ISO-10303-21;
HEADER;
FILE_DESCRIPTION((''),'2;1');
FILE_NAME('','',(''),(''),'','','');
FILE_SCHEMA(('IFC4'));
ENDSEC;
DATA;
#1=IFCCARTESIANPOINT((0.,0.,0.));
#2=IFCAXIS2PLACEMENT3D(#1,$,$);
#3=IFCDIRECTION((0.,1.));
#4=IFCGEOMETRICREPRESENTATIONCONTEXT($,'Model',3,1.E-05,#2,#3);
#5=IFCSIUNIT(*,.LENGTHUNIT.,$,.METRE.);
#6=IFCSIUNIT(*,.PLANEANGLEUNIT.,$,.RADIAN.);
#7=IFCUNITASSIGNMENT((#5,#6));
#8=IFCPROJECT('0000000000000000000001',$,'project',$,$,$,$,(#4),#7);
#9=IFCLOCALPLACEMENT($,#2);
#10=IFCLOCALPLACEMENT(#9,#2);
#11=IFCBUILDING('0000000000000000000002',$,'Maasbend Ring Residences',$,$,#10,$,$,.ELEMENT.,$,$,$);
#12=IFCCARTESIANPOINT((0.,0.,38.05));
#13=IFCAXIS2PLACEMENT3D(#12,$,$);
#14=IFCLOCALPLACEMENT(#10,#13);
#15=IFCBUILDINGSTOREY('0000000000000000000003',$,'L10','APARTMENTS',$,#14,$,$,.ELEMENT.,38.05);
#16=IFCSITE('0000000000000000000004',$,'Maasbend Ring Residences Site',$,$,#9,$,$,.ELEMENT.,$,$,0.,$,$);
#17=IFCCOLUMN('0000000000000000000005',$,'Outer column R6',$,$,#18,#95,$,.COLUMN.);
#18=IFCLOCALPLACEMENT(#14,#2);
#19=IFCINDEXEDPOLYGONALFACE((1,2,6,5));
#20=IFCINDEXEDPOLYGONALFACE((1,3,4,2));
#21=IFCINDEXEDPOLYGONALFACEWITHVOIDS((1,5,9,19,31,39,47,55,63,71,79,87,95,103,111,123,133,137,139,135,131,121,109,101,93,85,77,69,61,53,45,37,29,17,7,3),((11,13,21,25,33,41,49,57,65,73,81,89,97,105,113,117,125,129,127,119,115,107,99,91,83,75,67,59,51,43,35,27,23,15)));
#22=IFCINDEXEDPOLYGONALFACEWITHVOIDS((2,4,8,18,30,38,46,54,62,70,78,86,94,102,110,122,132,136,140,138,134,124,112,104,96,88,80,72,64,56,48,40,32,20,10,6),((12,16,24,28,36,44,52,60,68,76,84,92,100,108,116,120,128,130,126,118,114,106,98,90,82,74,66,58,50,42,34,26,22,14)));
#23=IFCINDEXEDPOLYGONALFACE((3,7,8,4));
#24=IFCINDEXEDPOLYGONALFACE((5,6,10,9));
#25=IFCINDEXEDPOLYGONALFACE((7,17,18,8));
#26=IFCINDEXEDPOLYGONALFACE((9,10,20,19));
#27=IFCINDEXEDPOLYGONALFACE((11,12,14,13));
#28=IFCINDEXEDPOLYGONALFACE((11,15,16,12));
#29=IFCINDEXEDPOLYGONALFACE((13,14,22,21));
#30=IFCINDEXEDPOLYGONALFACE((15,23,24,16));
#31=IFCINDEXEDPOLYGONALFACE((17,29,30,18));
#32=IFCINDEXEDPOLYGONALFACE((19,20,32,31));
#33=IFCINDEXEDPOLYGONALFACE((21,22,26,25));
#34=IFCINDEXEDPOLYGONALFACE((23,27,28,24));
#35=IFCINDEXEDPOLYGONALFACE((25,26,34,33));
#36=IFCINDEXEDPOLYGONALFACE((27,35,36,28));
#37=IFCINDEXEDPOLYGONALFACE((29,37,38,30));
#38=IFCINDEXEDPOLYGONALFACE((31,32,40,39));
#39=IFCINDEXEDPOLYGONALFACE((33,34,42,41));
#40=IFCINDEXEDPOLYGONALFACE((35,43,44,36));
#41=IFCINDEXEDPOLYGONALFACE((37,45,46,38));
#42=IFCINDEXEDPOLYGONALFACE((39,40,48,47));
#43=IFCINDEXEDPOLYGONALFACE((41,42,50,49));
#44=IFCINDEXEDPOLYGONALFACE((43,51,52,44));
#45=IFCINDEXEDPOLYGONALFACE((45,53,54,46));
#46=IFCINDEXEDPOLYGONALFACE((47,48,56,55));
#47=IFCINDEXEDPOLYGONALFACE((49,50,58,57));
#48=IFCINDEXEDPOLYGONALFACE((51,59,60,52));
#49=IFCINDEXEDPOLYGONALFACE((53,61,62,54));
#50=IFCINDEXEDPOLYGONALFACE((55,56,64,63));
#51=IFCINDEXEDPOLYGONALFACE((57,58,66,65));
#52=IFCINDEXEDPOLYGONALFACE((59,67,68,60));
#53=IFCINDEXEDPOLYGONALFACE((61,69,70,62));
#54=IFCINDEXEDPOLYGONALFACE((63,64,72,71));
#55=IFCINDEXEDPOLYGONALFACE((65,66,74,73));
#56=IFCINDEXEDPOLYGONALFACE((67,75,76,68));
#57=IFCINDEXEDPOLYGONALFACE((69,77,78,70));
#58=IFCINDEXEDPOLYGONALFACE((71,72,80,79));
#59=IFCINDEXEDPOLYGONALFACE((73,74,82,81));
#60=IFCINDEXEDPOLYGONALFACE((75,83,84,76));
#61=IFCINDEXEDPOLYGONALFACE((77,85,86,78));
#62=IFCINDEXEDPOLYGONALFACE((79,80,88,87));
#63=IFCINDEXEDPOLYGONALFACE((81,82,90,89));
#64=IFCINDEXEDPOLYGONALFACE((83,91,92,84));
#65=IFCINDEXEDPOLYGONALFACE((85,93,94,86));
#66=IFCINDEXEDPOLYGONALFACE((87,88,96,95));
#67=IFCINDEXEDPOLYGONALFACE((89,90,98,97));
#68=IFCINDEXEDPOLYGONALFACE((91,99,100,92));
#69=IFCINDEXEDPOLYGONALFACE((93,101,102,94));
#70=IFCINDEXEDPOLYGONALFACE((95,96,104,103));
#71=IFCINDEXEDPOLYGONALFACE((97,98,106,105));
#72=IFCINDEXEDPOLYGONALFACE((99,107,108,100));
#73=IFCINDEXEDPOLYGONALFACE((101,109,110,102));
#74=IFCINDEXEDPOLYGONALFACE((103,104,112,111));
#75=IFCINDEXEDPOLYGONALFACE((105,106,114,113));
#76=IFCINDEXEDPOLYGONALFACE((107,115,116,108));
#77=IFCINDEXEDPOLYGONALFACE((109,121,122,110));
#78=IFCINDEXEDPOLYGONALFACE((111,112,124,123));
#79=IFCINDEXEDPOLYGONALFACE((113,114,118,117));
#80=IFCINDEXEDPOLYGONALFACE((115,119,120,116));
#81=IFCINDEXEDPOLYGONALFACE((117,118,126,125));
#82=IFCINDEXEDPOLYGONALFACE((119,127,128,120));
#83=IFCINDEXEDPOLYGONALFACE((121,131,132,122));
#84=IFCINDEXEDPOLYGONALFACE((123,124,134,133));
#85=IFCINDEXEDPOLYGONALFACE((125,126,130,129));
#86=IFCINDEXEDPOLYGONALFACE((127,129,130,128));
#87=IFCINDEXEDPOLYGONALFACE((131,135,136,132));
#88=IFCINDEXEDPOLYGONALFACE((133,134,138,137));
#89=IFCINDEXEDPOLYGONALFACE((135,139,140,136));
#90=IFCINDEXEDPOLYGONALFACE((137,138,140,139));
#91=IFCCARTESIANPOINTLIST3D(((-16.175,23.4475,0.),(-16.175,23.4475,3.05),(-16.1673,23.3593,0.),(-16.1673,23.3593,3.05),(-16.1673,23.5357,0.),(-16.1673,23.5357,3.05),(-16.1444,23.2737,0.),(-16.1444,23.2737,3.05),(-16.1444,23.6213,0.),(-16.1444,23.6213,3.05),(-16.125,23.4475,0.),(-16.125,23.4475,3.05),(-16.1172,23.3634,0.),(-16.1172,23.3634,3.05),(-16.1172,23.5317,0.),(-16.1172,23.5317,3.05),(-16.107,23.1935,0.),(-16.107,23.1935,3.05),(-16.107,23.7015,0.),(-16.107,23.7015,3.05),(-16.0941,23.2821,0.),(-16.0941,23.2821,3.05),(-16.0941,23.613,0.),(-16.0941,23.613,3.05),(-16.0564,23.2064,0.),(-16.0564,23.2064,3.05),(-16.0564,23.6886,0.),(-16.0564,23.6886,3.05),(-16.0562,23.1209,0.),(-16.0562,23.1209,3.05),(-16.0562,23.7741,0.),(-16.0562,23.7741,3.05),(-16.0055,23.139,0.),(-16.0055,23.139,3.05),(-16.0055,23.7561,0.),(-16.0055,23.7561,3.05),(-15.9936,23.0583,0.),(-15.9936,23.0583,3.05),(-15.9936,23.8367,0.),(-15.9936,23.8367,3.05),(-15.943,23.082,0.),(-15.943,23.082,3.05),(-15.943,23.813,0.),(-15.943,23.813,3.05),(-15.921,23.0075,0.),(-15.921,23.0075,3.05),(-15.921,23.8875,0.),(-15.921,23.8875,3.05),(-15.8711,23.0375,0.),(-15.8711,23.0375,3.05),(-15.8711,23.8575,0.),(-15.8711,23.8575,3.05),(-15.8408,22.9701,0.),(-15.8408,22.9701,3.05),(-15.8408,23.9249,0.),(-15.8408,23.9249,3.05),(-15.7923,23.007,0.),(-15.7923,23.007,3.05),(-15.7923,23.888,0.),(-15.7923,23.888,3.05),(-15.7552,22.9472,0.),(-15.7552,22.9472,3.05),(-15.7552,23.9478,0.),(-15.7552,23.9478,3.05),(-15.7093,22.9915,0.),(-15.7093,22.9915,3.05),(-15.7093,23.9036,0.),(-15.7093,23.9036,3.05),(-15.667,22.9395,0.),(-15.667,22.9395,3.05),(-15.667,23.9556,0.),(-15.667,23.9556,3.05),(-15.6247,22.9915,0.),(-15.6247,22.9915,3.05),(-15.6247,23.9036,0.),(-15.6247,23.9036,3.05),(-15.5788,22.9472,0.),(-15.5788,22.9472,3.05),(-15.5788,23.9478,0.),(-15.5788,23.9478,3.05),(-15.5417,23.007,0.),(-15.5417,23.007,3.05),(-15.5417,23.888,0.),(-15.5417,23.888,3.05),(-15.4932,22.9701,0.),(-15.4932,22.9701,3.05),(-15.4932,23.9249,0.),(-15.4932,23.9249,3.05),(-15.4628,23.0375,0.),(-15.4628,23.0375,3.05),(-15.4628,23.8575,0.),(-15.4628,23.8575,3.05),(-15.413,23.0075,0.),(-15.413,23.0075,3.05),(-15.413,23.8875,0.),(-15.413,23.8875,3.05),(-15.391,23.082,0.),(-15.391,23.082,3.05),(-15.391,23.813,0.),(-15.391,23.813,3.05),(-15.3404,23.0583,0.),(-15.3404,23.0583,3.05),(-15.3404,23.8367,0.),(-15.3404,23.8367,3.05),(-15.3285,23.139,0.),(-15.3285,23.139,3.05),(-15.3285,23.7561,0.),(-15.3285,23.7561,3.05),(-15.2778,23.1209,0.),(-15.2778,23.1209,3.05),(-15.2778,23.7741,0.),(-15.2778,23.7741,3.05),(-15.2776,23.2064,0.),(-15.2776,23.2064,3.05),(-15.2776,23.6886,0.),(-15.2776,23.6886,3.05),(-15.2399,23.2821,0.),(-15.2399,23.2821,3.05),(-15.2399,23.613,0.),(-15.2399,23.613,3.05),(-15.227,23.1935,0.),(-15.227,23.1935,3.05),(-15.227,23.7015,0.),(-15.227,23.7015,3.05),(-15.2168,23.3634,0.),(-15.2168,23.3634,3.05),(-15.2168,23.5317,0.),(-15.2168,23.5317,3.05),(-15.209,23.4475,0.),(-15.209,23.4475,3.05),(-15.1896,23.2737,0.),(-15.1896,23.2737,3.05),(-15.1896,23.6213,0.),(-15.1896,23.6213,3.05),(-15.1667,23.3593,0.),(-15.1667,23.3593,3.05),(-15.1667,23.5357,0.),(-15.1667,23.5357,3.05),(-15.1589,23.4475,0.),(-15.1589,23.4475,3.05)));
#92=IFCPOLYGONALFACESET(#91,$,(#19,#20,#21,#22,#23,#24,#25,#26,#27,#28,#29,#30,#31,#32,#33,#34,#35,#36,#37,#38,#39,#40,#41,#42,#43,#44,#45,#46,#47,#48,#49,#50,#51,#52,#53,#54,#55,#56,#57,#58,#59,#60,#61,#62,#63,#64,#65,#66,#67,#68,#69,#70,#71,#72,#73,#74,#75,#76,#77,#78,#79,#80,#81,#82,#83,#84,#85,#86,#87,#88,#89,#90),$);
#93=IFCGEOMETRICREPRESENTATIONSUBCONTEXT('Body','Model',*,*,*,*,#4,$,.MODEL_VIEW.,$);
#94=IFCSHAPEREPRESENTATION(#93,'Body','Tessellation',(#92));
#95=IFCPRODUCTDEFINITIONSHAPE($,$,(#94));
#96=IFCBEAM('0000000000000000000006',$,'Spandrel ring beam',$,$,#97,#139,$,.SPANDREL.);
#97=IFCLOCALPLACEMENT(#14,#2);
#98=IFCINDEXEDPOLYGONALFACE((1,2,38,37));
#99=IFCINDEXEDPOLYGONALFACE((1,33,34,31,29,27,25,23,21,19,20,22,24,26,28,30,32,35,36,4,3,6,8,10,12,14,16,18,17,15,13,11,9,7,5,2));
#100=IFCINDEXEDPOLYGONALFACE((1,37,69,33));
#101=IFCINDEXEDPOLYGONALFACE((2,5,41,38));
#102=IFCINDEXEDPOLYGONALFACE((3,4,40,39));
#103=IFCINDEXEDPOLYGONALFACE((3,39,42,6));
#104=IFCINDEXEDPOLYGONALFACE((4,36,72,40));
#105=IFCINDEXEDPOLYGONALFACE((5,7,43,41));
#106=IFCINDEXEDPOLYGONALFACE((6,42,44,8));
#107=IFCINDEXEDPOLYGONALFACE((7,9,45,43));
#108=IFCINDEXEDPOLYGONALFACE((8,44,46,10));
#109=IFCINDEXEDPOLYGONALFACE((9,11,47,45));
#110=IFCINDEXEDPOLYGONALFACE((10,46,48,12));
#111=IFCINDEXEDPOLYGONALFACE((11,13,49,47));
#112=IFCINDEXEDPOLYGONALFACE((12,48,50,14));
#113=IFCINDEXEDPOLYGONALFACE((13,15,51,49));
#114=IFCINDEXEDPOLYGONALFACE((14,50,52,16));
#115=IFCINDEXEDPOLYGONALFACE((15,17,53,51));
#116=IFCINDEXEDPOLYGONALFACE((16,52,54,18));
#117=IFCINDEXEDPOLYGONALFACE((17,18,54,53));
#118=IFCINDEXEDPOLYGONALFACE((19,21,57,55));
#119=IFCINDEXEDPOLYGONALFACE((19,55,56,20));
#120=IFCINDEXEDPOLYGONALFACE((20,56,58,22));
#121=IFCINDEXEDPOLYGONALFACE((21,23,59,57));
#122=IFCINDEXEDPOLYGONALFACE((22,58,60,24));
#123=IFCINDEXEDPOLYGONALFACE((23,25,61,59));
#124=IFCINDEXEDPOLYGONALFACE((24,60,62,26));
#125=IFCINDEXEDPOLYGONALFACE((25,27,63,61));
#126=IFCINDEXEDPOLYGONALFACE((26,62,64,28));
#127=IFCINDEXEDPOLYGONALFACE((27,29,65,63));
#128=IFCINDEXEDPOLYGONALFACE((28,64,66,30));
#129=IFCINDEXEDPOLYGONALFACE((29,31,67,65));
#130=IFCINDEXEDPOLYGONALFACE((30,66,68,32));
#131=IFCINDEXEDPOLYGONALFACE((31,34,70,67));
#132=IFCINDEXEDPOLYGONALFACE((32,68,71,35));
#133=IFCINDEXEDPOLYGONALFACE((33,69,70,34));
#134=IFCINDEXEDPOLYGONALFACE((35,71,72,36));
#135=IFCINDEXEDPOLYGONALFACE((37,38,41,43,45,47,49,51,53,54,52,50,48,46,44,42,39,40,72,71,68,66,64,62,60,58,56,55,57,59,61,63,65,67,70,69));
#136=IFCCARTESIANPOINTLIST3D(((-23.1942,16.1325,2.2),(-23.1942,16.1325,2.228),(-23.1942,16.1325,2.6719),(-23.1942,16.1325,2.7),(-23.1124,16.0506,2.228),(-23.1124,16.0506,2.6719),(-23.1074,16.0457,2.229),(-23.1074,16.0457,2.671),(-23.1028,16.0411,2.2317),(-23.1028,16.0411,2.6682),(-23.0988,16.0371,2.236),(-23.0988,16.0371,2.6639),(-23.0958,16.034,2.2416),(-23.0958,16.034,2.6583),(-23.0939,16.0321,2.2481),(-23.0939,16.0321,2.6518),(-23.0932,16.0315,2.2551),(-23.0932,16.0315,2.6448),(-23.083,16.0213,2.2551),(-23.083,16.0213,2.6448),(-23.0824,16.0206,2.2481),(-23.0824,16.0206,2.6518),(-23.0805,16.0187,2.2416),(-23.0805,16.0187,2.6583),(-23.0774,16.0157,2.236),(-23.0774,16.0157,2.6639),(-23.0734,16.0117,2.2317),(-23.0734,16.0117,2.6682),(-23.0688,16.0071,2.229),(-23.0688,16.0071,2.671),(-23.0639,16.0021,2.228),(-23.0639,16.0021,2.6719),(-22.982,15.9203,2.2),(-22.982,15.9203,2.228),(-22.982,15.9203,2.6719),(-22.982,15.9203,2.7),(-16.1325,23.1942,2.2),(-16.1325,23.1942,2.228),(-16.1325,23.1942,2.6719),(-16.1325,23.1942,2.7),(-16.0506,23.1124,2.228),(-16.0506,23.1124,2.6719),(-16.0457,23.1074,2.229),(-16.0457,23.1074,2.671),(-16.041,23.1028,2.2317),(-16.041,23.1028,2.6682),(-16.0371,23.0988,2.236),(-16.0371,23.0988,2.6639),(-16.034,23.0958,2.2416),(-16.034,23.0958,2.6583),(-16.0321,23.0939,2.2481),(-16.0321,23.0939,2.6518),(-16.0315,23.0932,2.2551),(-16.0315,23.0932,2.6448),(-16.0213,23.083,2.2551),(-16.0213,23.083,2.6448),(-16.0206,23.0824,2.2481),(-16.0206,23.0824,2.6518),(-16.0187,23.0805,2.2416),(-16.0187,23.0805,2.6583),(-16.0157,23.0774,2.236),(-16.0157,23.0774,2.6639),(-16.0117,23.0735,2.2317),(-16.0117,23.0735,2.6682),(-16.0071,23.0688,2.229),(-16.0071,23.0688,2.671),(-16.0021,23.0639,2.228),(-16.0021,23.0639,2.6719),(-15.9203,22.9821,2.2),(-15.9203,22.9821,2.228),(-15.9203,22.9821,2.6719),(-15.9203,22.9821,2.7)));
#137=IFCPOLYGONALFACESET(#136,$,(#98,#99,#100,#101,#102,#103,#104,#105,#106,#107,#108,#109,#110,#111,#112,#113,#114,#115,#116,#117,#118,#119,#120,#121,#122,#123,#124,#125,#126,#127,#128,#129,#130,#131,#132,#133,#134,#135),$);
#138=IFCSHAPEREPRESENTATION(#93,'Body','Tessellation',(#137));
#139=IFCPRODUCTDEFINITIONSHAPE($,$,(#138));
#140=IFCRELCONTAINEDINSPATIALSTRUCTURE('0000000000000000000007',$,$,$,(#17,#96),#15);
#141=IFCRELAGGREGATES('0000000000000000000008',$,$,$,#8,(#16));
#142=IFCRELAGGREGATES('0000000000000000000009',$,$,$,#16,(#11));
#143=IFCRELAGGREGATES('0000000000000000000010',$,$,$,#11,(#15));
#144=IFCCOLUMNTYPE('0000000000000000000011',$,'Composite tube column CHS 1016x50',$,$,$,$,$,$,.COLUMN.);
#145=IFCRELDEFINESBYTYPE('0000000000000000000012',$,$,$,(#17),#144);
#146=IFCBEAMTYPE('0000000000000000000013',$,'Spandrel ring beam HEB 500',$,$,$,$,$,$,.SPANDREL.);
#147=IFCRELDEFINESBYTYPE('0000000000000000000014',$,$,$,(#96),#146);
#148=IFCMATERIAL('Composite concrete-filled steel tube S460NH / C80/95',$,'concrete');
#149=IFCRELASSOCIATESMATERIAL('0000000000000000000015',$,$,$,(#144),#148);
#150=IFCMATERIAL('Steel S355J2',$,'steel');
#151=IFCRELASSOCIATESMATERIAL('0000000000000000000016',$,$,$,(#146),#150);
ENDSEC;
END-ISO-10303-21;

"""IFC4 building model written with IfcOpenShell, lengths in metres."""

from ifc_helpers import new_model, si_unit, direction, frame, origin, origin_2d, place, context, subcontext, project, spatial, hollow_circle, i_section, extrude, material, material_profile, profile_set, type_object, element, save


model = new_model("IFC4")

# Units and contexts
model_context = context("Model", 3, precision=1e-05, world=origin(), true_north=direction((0.0, 1.0)))
body_context = subcontext(model_context, "Body", "Model", "MODEL_VIEW")
ifc_project = project(units=[si_unit("LENGTHUNIT", "METRE"), si_unit("PLANEANGLEUNIT", "RADIAN")], contexts=[model_context])

# Site, building, storey
site_placement = place(None, origin())
site = spatial("IfcSite", under=ifc_project, at=site_placement, Name="Maasbend Ring Residences Site", CompositionType="ELEMENT", RefElevation=0.0)
building_placement = place(site_placement, origin())
building = spatial("IfcBuilding", under=site, at=building_placement, Name="Maasbend Ring Residences", CompositionType="ELEMENT")
storey_placement = place(building_placement, frame((0.0, 0.0, 38.05)))
storey = spatial("IfcBuildingStorey", under=building, at=storey_placement, Name="L10", Description="APARTMENTS", CompositionType="ELEMENT", Elevation=38.05)

# Column
ifc_material_1 = material(Name="Composite concrete-filled steel tube S460NH / C80/95", Category="concrete")
ifc_material_profile_1 = material_profile(ifc_material_1, hollow_circle(Radius=0.5081, WallThickness=0.05, at=origin_2d()), Name="Composite tube column CHS 1016x50")
ifc_profile_set_1 = profile_set([ifc_material_profile_1], Name="Composite concrete-filled steel tube S460NH / C80/95")
column_type = type_object("IfcColumnType", Name="Composite tube column CHS 1016x50", PredefinedType="COLUMN", material=ifc_profile_set_1)
column_placement = place(storey_placement, frame((-15.667, 23.4475, 0.0), z_axis=(0.0, 0.0, 1.0), x_axis=(1.0, 0.0, 0.0)))
element("IfcColumn", 1, at=column_placement, inside=storey, type_object=column_type, Name="Outer column R6", PredefinedType="COLUMN", context=body_context, shape_type="SweptSolid", body=[
    extrude(hollow_circle(Radius=0.5081, WallThickness=0.05, at=origin_2d()), origin(), (0.0, 0.0, 1.0), 3.05),
])

# Beam
ifc_material_2 = material(Name="Steel S355J2", Category="steel")
ifc_material_profile_2 = material_profile(ifc_material_2, i_section(OverallWidth=0.3, OverallDepth=0.5, WebThickness=0.0144, FlangeThickness=0.0281, FilletRadius=0.0271, at=origin_2d()), Name="HEB 500")
ifc_profile_set_2 = profile_set([ifc_material_profile_2], Name="Steel S355J2")
beam_type = type_object("IfcBeamType", Name="Spandrel ring beam HEB 500", PredefinedType="SPANDREL", material=ifc_profile_set_2)
beam_placement = place(storey_placement, frame((-16.0264, 23.0881, 2.45), z_axis=(-0.707107, -0.707107, 0.0), x_axis=(0.707107, -0.707107, 0.0)))
element("IfcBeam", 2, at=beam_placement, inside=storey, type_object=beam_type, Name="Spandrel ring beam", PredefinedType="SPANDREL", context=body_context, shape_type="SweptSolid", body=[
    extrude(i_section(OverallWidth=0.3, OverallDepth=0.5, WebThickness=0.0144, FlangeThickness=0.0281, FilletRadius=0.0271, at=origin_2d()), origin(), (0.0, 0.0, 1.0), 9.9868),
])

save(model, "model.ifc")
